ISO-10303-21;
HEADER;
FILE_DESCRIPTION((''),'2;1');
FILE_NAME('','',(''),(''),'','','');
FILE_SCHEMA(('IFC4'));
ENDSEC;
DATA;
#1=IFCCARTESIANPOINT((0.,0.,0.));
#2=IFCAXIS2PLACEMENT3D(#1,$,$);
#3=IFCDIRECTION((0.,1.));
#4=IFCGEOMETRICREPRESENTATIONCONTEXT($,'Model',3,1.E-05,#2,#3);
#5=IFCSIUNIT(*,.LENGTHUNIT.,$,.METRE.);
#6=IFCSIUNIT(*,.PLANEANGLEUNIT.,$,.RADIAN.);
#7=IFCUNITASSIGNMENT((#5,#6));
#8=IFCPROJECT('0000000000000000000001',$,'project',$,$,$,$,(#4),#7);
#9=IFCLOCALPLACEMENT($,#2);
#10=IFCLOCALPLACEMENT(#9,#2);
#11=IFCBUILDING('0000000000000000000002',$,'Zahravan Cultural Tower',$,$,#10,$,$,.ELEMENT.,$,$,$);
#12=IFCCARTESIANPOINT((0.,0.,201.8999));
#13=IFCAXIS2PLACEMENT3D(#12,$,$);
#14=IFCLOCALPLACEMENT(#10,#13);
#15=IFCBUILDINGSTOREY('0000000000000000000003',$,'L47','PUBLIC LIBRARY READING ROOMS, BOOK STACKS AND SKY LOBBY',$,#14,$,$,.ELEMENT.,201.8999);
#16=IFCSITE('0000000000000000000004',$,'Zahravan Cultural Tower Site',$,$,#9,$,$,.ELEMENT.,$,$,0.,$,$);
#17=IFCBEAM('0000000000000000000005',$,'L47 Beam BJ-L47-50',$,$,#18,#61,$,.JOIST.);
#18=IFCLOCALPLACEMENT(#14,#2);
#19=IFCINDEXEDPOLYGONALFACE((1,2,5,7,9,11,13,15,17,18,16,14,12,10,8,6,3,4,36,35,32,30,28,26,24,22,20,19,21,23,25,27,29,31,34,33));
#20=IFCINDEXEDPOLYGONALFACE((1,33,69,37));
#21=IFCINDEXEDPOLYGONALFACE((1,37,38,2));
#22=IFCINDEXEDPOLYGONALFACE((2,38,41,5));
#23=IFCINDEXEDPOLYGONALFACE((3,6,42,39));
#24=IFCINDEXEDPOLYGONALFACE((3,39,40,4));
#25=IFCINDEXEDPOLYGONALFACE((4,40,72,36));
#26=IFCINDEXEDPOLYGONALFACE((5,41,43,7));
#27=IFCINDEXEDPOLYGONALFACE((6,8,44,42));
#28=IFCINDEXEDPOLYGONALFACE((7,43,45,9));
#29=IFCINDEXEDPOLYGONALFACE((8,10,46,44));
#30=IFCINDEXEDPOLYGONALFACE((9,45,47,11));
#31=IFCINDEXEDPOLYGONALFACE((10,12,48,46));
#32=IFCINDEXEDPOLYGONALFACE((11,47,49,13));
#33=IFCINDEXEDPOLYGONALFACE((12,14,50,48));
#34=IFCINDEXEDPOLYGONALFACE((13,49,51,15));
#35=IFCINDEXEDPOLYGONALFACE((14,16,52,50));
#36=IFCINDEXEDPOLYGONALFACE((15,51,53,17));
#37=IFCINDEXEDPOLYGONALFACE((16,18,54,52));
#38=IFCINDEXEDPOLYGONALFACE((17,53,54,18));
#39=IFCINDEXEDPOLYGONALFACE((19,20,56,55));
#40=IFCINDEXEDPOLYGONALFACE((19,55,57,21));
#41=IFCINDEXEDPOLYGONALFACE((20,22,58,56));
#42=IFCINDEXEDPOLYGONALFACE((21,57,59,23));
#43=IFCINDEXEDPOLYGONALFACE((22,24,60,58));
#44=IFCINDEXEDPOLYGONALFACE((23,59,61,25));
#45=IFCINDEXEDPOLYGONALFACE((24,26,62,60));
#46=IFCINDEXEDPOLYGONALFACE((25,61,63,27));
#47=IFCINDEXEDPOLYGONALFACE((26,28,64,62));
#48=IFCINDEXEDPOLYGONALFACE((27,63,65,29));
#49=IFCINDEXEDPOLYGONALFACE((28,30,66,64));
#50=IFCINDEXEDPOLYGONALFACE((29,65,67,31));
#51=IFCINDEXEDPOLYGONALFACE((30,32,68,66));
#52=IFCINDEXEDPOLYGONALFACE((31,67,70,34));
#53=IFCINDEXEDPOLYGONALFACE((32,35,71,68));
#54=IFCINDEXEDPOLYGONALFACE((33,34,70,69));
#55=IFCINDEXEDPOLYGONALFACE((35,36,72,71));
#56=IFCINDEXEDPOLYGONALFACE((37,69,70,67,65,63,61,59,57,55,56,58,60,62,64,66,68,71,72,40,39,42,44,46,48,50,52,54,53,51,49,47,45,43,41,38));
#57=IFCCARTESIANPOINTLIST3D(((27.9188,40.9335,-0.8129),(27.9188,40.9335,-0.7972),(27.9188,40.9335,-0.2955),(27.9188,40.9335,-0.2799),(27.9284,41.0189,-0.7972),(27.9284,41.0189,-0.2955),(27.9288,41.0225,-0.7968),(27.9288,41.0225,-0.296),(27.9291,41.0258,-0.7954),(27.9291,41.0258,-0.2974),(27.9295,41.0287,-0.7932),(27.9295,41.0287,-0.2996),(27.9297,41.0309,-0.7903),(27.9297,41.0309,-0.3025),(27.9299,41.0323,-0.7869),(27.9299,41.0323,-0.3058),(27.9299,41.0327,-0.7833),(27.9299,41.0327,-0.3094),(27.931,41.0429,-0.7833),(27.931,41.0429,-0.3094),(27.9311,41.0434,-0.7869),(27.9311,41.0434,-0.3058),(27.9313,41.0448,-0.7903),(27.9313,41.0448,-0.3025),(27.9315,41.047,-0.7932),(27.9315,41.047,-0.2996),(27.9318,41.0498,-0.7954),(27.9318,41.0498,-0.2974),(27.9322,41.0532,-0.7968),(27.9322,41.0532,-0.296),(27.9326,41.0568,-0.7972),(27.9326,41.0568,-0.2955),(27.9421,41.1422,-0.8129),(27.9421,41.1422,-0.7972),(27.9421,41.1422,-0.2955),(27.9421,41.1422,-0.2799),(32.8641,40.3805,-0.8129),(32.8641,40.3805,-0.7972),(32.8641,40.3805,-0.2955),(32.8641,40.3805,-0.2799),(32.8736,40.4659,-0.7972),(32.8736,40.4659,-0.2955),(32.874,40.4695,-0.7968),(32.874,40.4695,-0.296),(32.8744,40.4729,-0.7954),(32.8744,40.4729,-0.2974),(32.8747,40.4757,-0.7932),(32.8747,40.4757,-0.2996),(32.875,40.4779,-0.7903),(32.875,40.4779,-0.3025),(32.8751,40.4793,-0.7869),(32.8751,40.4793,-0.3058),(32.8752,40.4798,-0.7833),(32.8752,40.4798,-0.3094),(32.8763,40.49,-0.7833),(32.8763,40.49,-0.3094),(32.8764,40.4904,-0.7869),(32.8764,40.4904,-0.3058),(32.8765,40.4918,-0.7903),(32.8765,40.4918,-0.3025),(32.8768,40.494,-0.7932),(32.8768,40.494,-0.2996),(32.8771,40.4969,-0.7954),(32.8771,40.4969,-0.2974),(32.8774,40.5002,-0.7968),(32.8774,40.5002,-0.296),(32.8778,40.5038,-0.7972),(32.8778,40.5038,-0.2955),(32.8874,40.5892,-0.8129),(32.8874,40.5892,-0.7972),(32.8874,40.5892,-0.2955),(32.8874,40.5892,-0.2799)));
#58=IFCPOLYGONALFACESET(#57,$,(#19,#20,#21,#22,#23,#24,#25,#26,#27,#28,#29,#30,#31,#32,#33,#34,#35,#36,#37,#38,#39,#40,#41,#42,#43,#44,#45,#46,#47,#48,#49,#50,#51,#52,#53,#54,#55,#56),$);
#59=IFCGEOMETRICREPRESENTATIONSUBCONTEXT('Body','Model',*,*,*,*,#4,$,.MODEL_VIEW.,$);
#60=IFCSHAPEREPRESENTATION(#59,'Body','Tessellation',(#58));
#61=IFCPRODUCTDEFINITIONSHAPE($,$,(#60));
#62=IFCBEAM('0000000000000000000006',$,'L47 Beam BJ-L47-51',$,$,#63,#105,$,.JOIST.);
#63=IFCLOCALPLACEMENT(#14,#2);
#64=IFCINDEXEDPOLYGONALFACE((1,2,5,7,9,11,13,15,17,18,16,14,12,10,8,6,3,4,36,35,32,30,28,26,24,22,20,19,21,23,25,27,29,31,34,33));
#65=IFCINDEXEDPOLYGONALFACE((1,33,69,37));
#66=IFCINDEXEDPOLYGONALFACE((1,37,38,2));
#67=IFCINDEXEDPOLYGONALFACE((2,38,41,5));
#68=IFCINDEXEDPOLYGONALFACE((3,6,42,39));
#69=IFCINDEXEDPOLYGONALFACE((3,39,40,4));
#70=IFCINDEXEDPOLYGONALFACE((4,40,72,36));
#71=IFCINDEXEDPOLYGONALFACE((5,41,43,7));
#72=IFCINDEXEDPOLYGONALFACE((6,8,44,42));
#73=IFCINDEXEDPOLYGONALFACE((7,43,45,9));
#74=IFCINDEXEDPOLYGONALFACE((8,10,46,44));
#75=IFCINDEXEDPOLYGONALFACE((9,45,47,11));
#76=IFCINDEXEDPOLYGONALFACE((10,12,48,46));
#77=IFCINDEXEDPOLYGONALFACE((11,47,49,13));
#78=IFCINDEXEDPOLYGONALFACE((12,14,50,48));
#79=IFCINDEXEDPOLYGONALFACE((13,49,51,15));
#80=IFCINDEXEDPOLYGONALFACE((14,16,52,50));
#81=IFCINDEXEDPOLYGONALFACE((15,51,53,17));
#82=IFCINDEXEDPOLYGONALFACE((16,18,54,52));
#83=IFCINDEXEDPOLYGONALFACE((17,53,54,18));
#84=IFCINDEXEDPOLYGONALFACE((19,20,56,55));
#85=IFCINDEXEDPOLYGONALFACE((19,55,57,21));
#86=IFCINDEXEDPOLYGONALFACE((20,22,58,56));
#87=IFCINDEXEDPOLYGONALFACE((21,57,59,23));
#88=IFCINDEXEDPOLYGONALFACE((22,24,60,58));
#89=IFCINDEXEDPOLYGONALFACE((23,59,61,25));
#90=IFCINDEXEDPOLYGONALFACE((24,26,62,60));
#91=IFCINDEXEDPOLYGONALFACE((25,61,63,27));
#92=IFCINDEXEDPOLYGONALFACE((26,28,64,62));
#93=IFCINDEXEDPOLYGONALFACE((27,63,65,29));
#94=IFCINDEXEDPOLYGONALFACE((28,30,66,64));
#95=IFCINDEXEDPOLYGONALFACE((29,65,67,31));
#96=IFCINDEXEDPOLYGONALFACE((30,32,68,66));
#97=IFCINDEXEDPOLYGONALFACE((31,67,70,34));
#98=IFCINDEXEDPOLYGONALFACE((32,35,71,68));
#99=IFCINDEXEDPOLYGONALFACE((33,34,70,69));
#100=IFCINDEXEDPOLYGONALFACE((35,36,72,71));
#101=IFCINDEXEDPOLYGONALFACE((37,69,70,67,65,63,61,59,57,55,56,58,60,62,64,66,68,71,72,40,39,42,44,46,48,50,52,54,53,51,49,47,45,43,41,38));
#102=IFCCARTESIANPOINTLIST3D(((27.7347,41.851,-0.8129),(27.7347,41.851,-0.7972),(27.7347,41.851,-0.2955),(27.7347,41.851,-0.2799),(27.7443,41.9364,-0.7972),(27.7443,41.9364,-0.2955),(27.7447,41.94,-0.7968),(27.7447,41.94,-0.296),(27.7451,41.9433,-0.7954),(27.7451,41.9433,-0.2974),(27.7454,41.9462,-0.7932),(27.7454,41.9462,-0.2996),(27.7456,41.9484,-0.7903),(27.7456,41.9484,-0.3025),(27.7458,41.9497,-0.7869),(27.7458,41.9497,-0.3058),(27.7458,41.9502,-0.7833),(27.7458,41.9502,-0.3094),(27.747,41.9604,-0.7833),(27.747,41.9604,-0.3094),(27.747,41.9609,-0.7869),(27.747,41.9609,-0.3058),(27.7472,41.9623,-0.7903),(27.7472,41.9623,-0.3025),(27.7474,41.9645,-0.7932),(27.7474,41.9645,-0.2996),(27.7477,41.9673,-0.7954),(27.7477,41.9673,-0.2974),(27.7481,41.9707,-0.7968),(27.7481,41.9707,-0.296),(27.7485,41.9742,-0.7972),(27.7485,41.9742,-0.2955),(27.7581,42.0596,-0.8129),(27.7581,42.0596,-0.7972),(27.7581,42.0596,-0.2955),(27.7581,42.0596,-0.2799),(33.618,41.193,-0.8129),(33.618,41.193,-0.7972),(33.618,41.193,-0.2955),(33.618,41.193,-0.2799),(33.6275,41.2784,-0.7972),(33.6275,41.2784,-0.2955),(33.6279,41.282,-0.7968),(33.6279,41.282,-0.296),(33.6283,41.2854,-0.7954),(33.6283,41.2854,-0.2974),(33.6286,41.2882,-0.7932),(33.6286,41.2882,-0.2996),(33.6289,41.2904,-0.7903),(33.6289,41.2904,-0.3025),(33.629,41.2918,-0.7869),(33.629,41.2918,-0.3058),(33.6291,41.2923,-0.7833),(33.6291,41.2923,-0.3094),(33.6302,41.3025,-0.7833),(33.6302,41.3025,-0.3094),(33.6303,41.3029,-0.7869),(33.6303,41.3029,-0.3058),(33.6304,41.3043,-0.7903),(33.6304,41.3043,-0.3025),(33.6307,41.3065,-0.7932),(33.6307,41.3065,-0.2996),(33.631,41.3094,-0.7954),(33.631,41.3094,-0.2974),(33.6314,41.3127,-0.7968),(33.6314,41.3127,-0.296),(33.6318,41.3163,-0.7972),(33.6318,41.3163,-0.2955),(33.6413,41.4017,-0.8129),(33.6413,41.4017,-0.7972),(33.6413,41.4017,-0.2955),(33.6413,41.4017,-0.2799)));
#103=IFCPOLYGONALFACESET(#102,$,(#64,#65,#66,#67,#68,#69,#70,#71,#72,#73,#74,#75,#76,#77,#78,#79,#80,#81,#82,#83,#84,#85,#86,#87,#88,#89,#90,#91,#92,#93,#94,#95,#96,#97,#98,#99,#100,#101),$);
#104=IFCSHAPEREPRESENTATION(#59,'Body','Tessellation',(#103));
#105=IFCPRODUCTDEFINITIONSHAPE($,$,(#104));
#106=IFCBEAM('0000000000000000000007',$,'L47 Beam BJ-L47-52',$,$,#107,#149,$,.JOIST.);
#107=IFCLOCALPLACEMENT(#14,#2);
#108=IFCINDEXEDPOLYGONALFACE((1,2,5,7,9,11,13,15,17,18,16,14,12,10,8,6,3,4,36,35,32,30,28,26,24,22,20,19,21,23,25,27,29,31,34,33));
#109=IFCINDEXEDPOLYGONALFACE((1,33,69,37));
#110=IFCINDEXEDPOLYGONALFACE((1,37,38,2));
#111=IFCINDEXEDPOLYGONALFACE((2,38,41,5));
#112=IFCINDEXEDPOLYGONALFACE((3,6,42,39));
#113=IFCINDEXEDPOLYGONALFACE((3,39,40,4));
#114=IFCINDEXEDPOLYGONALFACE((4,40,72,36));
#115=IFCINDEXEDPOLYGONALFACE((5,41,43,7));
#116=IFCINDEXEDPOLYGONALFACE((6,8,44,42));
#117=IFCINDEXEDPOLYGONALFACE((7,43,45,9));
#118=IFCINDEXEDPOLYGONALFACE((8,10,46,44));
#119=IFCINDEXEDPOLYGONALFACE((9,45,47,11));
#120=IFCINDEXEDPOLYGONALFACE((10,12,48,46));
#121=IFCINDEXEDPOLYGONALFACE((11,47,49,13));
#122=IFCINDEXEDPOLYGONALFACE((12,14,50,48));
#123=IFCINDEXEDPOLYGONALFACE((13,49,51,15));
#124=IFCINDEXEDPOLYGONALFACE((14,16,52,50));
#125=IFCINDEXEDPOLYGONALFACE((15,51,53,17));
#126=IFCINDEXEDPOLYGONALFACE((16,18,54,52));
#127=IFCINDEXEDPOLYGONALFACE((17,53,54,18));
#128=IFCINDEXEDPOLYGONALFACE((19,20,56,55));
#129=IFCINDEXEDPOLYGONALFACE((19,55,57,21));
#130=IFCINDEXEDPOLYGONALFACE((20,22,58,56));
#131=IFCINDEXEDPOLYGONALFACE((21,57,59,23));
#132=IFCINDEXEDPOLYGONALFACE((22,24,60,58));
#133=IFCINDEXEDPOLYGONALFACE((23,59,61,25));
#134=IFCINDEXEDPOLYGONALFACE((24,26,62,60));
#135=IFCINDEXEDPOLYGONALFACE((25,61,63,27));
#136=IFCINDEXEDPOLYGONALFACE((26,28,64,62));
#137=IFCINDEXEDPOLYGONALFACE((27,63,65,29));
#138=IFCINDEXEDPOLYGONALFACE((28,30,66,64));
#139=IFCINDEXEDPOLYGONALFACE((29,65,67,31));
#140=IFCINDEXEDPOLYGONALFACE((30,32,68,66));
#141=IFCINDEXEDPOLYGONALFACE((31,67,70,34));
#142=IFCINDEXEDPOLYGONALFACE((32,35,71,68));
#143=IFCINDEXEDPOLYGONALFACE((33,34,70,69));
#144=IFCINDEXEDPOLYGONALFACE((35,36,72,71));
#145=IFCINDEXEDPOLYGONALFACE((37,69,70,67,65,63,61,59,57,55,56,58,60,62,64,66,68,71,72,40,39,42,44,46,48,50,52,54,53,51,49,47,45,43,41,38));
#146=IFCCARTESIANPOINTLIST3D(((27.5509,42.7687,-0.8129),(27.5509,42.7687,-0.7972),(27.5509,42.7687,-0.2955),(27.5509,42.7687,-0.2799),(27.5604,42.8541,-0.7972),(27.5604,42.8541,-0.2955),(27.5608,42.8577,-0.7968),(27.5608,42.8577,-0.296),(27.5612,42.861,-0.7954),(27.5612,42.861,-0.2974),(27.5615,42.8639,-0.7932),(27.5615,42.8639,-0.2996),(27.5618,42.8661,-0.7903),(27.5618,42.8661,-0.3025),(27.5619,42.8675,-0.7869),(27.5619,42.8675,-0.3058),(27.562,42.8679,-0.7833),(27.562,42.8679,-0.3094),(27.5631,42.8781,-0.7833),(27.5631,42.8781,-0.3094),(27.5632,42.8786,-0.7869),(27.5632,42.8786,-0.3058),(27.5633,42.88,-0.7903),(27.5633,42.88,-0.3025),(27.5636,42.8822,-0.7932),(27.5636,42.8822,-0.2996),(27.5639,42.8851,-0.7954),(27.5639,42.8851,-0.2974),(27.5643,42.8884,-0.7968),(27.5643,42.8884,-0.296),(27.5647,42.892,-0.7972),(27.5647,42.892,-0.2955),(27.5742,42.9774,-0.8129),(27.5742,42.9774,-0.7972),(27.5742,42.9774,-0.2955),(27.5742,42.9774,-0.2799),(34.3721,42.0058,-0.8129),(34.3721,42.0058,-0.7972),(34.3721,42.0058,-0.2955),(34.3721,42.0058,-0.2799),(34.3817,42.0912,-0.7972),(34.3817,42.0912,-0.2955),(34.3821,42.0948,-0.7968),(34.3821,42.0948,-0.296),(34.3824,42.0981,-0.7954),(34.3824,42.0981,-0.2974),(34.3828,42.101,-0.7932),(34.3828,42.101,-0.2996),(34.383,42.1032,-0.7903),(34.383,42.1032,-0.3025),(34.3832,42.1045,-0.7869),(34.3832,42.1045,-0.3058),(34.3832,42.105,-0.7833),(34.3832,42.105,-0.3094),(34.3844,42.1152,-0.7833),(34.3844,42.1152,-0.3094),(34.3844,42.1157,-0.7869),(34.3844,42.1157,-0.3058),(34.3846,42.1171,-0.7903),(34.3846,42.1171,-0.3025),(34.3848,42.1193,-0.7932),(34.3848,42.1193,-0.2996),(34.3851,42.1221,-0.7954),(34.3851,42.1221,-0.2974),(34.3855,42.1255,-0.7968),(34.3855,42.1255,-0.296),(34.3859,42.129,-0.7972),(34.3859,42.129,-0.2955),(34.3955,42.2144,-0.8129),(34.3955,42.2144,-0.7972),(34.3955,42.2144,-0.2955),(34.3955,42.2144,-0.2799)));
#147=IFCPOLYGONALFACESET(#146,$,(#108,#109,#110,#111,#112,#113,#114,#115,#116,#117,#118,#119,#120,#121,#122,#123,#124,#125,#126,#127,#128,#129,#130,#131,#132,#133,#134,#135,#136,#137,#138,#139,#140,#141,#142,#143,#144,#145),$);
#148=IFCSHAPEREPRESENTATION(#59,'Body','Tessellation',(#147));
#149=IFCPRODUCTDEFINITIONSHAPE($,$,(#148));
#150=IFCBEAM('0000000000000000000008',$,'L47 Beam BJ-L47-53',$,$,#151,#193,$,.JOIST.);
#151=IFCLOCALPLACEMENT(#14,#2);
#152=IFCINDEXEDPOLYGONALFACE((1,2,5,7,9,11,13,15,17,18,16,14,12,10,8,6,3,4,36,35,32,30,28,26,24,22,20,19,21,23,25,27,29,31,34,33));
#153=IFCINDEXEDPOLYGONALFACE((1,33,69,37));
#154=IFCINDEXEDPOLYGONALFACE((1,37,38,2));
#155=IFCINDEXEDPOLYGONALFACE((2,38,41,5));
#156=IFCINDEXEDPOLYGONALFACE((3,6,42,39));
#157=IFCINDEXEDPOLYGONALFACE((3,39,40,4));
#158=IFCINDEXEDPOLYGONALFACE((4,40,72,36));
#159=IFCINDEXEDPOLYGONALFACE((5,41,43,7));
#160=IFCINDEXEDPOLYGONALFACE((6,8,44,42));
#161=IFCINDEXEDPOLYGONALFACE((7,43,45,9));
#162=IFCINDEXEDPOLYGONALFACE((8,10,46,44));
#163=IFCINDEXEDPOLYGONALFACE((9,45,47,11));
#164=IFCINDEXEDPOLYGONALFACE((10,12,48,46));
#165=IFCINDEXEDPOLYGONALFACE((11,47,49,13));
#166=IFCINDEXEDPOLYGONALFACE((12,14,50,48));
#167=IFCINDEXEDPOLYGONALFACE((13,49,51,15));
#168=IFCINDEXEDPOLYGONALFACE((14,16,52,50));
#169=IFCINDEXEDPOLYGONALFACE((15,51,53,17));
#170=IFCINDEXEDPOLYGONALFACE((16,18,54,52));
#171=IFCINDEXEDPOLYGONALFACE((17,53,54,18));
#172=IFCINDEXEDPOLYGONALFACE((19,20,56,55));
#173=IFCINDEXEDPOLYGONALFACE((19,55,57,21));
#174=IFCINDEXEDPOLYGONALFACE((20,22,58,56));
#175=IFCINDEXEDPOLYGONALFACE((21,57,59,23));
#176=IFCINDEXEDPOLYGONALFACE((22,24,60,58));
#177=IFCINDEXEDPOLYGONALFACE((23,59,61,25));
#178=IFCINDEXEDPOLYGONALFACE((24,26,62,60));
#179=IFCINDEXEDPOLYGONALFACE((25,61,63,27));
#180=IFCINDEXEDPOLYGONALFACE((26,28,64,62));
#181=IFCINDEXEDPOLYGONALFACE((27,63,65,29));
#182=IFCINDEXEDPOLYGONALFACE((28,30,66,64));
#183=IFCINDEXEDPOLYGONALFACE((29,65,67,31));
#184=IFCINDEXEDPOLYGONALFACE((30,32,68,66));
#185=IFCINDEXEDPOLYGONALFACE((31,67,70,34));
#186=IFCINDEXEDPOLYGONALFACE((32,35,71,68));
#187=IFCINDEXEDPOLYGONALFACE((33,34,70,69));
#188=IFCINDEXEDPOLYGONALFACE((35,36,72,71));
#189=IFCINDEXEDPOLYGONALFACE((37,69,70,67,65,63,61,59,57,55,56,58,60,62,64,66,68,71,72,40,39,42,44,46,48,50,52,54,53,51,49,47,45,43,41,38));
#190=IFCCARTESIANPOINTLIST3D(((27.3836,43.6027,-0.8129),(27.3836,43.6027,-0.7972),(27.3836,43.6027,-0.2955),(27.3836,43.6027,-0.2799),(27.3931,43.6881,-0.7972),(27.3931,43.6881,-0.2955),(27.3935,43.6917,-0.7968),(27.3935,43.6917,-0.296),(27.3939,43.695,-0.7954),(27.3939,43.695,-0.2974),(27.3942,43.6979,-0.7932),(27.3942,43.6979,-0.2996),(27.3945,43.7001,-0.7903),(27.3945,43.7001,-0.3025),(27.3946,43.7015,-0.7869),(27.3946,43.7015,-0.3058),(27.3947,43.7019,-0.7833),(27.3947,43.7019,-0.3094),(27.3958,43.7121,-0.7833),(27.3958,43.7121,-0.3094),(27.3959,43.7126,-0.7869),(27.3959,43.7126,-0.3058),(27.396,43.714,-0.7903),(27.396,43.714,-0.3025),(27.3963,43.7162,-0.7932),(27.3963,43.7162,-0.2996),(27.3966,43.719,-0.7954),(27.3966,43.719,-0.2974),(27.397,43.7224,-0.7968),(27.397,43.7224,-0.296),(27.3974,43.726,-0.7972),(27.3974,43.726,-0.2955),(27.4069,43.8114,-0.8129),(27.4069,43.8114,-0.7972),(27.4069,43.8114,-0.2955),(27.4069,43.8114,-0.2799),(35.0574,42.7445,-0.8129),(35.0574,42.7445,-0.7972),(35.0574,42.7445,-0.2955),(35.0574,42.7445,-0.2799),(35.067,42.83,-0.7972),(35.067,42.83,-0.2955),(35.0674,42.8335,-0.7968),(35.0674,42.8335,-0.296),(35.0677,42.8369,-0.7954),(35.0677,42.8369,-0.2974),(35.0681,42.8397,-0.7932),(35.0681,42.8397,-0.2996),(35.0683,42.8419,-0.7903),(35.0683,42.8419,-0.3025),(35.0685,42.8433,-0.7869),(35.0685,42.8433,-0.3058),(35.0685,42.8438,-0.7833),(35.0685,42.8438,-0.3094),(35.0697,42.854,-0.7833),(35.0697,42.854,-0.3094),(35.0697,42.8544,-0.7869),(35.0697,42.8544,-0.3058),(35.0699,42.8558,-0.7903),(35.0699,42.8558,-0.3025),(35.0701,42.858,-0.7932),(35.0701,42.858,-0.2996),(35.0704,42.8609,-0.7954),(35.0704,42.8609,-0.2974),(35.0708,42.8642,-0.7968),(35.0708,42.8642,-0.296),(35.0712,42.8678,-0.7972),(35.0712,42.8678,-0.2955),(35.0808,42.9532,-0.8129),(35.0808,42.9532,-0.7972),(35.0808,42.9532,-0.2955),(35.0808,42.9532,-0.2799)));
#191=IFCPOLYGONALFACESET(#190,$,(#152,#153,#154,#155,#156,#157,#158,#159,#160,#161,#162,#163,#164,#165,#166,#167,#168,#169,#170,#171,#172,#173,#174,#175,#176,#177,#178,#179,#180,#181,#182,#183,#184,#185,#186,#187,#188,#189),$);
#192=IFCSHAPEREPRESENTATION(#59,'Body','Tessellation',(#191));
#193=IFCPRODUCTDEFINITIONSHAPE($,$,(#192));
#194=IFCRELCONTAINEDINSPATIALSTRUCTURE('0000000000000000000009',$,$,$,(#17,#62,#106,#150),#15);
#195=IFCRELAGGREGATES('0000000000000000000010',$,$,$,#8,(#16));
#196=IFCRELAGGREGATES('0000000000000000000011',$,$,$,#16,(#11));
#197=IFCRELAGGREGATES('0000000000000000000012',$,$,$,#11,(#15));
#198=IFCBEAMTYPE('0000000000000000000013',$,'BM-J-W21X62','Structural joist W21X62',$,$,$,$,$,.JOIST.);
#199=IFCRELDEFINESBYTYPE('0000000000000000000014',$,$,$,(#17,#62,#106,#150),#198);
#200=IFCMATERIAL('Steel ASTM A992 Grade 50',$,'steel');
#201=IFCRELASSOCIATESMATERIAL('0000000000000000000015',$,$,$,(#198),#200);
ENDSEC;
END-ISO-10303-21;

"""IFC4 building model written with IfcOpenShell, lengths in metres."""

from ifc_helpers import new_model, si_unit, direction, frame, origin, origin_2d, place, context, subcontext, project, spatial, i_section, extrude, source, transform, mapped, material, material_profile, profile_set, type_object, element, save


model = new_model("IFC4")

# Units and contexts
model_context = context("Model", 3, precision=1e-05, world=origin(), true_north=direction((0.0, 1.0)))
body_context = subcontext(model_context, "Body", "Model", "MODEL_VIEW")
ifc_project = project(units=[si_unit("LENGTHUNIT", "METRE"), si_unit("PLANEANGLEUNIT", "RADIAN")], contexts=[model_context])

# Site, building, storey
site_placement = place(None, origin())
site = spatial("IfcSite", under=ifc_project, at=site_placement, Name="Zahravan Cultural Tower Site", CompositionType="ELEMENT", RefElevation=0.0)
building_placement = place(site_placement, origin())
building = spatial("IfcBuilding", under=site, at=building_placement, Name="Zahravan Cultural Tower", CompositionType="ELEMENT")
storey_placement = place(building_placement, frame((0.0, 0.0, 201.8999)))
storey = spatial("IfcBuildingStorey", under=building, at=storey_placement, Name="L47", Description="PUBLIC LIBRARY READING ROOMS, BOOK STACKS AND SKY LOBBY", CompositionType="ELEMENT", Elevation=201.8999)

# Shared definitions
ifc_material_1 = material(Name="Steel ASTM A992 Grade 50", Category="steel")

# Beams
ifc_material_profile_1 = material_profile(ifc_material_1, i_section(OverallWidth=0.21, OverallDepth=0.533, WebThickness=0.0103, FlangeThickness=0.0156, FilletRadius=0.0139, at=origin_2d()), Name="W21X62")
ifc_profile_set_1 = profile_set([ifc_material_profile_1], Name="Steel ASTM A992 Grade 50")
beam_type_1 = type_object("IfcBeamType", Name="BM-J-W21X62", Description="Structural joist W21X62", PredefinedType="JOIST", material=ifc_profile_set_1)
shared_shape_1 = source(origin(), body_context, "Body", "SweptSolid", [
    extrude(i_section(OverallWidth=0.21, OverallDepth=0.533, WebThickness=0.0103, FlangeThickness=0.0156, FilletRadius=0.0139, at=origin_2d()), origin(), (0.0, 0.0, 1.0), 4.9761),
])
beam_1_placement = place(storey_placement, frame((32.8757, 40.4849, -0.5464), z_axis=(-0.993806, 0.111126, 0.0), x_axis=(-0.111126, -0.993806, 0.0)))
element("IfcBeam", 1, at=beam_1_placement, inside=storey, type_object=beam_type_1, Name="L47 Beam BJ-L47-50", PredefinedType="JOIST", context=body_context, shape_type="MappedRepresentation", body=[
    mapped(shared_shape_1, transform((0.0, 0.0, 0.0), x_axis=(1.0, 0.0, 0.0), y_axis=(0.0, 1.0, 0.0), z_axis=(0.0, 0.0, 1.0), scale=1.0)),
])
shared_shape_2 = source(origin(), body_context, "Body", "SweptSolid", [
    extrude(i_section(OverallWidth=0.21, OverallDepth=0.533, WebThickness=0.0103, FlangeThickness=0.0156, FilletRadius=0.0139, at=origin_2d()), origin(), (0.0, 0.0, 1.0), 5.9199),
])
beam_2_placement = place(storey_placement, frame((33.6296, 41.2974, -0.5464), z_axis=(-0.993805, 0.111142, 0.0), x_axis=(-0.111142, -0.993805, 0.0)))
element("IfcBeam", 2, at=beam_2_placement, inside=storey, type_object=beam_type_1, Name="L47 Beam BJ-L47-51", PredefinedType="JOIST", context=body_context, shape_type="MappedRepresentation", body=[
    mapped(shared_shape_2, transform((0.0, 0.0, 0.0), x_axis=(1.0, 0.0, 0.0), y_axis=(0.0, 1.0, 0.0), z_axis=(0.0, 0.0, 1.0), scale=1.0)),
])
shared_shape_3 = source(origin(), body_context, "Body", "SweptSolid", [
    extrude(i_section(OverallWidth=0.21, OverallDepth=0.533, WebThickness=0.0103, FlangeThickness=0.0156, FilletRadius=0.0139, at=origin_2d()), origin(), (0.0, 0.0, 1.0), 6.8638),
])
beam_3_placement = place(storey_placement, frame((34.3838, 42.1101, -0.5464), z_axis=(-0.993803, 0.111154, 0.0), x_axis=(-0.111154, -0.993803, 0.0)))
element("IfcBeam", 3, at=beam_3_placement, inside=storey, type_object=beam_type_1, Name="L47 Beam BJ-L47-52", PredefinedType="JOIST", context=body_context, shape_type="MappedRepresentation", body=[
    mapped(shared_shape_3, transform((0.0, 0.0, 0.0), x_axis=(1.0, 0.0, 0.0), y_axis=(0.0, 1.0, 0.0), z_axis=(0.0, 0.0, 1.0), scale=1.0)),
])
shared_shape_4 = source(origin(), body_context, "Body", "SweptSolid", [
    extrude(i_section(OverallWidth=0.21, OverallDepth=0.533, WebThickness=0.0103, FlangeThickness=0.0156, FilletRadius=0.0139, at=origin_2d()), origin(), (0.0, 0.0, 1.0), 7.7217),
])
beam_4_placement = place(storey_placement, frame((35.0691, 42.8489, -0.5464), z_axis=(-0.993805, 0.111136, 0.0), x_axis=(-0.111136, -0.993805, 0.0)))
element("IfcBeam", 4, at=beam_4_placement, inside=storey, type_object=beam_type_1, Name="L47 Beam BJ-L47-53", PredefinedType="JOIST", context=body_context, shape_type="MappedRepresentation", body=[
    mapped(shared_shape_4, transform((0.0, 0.0, 0.0), x_axis=(1.0, 0.0, 0.0), y_axis=(0.0, 1.0, 0.0), z_axis=(0.0, 0.0, 1.0), scale=1.0)),
])

save(model, "model.ifc")
